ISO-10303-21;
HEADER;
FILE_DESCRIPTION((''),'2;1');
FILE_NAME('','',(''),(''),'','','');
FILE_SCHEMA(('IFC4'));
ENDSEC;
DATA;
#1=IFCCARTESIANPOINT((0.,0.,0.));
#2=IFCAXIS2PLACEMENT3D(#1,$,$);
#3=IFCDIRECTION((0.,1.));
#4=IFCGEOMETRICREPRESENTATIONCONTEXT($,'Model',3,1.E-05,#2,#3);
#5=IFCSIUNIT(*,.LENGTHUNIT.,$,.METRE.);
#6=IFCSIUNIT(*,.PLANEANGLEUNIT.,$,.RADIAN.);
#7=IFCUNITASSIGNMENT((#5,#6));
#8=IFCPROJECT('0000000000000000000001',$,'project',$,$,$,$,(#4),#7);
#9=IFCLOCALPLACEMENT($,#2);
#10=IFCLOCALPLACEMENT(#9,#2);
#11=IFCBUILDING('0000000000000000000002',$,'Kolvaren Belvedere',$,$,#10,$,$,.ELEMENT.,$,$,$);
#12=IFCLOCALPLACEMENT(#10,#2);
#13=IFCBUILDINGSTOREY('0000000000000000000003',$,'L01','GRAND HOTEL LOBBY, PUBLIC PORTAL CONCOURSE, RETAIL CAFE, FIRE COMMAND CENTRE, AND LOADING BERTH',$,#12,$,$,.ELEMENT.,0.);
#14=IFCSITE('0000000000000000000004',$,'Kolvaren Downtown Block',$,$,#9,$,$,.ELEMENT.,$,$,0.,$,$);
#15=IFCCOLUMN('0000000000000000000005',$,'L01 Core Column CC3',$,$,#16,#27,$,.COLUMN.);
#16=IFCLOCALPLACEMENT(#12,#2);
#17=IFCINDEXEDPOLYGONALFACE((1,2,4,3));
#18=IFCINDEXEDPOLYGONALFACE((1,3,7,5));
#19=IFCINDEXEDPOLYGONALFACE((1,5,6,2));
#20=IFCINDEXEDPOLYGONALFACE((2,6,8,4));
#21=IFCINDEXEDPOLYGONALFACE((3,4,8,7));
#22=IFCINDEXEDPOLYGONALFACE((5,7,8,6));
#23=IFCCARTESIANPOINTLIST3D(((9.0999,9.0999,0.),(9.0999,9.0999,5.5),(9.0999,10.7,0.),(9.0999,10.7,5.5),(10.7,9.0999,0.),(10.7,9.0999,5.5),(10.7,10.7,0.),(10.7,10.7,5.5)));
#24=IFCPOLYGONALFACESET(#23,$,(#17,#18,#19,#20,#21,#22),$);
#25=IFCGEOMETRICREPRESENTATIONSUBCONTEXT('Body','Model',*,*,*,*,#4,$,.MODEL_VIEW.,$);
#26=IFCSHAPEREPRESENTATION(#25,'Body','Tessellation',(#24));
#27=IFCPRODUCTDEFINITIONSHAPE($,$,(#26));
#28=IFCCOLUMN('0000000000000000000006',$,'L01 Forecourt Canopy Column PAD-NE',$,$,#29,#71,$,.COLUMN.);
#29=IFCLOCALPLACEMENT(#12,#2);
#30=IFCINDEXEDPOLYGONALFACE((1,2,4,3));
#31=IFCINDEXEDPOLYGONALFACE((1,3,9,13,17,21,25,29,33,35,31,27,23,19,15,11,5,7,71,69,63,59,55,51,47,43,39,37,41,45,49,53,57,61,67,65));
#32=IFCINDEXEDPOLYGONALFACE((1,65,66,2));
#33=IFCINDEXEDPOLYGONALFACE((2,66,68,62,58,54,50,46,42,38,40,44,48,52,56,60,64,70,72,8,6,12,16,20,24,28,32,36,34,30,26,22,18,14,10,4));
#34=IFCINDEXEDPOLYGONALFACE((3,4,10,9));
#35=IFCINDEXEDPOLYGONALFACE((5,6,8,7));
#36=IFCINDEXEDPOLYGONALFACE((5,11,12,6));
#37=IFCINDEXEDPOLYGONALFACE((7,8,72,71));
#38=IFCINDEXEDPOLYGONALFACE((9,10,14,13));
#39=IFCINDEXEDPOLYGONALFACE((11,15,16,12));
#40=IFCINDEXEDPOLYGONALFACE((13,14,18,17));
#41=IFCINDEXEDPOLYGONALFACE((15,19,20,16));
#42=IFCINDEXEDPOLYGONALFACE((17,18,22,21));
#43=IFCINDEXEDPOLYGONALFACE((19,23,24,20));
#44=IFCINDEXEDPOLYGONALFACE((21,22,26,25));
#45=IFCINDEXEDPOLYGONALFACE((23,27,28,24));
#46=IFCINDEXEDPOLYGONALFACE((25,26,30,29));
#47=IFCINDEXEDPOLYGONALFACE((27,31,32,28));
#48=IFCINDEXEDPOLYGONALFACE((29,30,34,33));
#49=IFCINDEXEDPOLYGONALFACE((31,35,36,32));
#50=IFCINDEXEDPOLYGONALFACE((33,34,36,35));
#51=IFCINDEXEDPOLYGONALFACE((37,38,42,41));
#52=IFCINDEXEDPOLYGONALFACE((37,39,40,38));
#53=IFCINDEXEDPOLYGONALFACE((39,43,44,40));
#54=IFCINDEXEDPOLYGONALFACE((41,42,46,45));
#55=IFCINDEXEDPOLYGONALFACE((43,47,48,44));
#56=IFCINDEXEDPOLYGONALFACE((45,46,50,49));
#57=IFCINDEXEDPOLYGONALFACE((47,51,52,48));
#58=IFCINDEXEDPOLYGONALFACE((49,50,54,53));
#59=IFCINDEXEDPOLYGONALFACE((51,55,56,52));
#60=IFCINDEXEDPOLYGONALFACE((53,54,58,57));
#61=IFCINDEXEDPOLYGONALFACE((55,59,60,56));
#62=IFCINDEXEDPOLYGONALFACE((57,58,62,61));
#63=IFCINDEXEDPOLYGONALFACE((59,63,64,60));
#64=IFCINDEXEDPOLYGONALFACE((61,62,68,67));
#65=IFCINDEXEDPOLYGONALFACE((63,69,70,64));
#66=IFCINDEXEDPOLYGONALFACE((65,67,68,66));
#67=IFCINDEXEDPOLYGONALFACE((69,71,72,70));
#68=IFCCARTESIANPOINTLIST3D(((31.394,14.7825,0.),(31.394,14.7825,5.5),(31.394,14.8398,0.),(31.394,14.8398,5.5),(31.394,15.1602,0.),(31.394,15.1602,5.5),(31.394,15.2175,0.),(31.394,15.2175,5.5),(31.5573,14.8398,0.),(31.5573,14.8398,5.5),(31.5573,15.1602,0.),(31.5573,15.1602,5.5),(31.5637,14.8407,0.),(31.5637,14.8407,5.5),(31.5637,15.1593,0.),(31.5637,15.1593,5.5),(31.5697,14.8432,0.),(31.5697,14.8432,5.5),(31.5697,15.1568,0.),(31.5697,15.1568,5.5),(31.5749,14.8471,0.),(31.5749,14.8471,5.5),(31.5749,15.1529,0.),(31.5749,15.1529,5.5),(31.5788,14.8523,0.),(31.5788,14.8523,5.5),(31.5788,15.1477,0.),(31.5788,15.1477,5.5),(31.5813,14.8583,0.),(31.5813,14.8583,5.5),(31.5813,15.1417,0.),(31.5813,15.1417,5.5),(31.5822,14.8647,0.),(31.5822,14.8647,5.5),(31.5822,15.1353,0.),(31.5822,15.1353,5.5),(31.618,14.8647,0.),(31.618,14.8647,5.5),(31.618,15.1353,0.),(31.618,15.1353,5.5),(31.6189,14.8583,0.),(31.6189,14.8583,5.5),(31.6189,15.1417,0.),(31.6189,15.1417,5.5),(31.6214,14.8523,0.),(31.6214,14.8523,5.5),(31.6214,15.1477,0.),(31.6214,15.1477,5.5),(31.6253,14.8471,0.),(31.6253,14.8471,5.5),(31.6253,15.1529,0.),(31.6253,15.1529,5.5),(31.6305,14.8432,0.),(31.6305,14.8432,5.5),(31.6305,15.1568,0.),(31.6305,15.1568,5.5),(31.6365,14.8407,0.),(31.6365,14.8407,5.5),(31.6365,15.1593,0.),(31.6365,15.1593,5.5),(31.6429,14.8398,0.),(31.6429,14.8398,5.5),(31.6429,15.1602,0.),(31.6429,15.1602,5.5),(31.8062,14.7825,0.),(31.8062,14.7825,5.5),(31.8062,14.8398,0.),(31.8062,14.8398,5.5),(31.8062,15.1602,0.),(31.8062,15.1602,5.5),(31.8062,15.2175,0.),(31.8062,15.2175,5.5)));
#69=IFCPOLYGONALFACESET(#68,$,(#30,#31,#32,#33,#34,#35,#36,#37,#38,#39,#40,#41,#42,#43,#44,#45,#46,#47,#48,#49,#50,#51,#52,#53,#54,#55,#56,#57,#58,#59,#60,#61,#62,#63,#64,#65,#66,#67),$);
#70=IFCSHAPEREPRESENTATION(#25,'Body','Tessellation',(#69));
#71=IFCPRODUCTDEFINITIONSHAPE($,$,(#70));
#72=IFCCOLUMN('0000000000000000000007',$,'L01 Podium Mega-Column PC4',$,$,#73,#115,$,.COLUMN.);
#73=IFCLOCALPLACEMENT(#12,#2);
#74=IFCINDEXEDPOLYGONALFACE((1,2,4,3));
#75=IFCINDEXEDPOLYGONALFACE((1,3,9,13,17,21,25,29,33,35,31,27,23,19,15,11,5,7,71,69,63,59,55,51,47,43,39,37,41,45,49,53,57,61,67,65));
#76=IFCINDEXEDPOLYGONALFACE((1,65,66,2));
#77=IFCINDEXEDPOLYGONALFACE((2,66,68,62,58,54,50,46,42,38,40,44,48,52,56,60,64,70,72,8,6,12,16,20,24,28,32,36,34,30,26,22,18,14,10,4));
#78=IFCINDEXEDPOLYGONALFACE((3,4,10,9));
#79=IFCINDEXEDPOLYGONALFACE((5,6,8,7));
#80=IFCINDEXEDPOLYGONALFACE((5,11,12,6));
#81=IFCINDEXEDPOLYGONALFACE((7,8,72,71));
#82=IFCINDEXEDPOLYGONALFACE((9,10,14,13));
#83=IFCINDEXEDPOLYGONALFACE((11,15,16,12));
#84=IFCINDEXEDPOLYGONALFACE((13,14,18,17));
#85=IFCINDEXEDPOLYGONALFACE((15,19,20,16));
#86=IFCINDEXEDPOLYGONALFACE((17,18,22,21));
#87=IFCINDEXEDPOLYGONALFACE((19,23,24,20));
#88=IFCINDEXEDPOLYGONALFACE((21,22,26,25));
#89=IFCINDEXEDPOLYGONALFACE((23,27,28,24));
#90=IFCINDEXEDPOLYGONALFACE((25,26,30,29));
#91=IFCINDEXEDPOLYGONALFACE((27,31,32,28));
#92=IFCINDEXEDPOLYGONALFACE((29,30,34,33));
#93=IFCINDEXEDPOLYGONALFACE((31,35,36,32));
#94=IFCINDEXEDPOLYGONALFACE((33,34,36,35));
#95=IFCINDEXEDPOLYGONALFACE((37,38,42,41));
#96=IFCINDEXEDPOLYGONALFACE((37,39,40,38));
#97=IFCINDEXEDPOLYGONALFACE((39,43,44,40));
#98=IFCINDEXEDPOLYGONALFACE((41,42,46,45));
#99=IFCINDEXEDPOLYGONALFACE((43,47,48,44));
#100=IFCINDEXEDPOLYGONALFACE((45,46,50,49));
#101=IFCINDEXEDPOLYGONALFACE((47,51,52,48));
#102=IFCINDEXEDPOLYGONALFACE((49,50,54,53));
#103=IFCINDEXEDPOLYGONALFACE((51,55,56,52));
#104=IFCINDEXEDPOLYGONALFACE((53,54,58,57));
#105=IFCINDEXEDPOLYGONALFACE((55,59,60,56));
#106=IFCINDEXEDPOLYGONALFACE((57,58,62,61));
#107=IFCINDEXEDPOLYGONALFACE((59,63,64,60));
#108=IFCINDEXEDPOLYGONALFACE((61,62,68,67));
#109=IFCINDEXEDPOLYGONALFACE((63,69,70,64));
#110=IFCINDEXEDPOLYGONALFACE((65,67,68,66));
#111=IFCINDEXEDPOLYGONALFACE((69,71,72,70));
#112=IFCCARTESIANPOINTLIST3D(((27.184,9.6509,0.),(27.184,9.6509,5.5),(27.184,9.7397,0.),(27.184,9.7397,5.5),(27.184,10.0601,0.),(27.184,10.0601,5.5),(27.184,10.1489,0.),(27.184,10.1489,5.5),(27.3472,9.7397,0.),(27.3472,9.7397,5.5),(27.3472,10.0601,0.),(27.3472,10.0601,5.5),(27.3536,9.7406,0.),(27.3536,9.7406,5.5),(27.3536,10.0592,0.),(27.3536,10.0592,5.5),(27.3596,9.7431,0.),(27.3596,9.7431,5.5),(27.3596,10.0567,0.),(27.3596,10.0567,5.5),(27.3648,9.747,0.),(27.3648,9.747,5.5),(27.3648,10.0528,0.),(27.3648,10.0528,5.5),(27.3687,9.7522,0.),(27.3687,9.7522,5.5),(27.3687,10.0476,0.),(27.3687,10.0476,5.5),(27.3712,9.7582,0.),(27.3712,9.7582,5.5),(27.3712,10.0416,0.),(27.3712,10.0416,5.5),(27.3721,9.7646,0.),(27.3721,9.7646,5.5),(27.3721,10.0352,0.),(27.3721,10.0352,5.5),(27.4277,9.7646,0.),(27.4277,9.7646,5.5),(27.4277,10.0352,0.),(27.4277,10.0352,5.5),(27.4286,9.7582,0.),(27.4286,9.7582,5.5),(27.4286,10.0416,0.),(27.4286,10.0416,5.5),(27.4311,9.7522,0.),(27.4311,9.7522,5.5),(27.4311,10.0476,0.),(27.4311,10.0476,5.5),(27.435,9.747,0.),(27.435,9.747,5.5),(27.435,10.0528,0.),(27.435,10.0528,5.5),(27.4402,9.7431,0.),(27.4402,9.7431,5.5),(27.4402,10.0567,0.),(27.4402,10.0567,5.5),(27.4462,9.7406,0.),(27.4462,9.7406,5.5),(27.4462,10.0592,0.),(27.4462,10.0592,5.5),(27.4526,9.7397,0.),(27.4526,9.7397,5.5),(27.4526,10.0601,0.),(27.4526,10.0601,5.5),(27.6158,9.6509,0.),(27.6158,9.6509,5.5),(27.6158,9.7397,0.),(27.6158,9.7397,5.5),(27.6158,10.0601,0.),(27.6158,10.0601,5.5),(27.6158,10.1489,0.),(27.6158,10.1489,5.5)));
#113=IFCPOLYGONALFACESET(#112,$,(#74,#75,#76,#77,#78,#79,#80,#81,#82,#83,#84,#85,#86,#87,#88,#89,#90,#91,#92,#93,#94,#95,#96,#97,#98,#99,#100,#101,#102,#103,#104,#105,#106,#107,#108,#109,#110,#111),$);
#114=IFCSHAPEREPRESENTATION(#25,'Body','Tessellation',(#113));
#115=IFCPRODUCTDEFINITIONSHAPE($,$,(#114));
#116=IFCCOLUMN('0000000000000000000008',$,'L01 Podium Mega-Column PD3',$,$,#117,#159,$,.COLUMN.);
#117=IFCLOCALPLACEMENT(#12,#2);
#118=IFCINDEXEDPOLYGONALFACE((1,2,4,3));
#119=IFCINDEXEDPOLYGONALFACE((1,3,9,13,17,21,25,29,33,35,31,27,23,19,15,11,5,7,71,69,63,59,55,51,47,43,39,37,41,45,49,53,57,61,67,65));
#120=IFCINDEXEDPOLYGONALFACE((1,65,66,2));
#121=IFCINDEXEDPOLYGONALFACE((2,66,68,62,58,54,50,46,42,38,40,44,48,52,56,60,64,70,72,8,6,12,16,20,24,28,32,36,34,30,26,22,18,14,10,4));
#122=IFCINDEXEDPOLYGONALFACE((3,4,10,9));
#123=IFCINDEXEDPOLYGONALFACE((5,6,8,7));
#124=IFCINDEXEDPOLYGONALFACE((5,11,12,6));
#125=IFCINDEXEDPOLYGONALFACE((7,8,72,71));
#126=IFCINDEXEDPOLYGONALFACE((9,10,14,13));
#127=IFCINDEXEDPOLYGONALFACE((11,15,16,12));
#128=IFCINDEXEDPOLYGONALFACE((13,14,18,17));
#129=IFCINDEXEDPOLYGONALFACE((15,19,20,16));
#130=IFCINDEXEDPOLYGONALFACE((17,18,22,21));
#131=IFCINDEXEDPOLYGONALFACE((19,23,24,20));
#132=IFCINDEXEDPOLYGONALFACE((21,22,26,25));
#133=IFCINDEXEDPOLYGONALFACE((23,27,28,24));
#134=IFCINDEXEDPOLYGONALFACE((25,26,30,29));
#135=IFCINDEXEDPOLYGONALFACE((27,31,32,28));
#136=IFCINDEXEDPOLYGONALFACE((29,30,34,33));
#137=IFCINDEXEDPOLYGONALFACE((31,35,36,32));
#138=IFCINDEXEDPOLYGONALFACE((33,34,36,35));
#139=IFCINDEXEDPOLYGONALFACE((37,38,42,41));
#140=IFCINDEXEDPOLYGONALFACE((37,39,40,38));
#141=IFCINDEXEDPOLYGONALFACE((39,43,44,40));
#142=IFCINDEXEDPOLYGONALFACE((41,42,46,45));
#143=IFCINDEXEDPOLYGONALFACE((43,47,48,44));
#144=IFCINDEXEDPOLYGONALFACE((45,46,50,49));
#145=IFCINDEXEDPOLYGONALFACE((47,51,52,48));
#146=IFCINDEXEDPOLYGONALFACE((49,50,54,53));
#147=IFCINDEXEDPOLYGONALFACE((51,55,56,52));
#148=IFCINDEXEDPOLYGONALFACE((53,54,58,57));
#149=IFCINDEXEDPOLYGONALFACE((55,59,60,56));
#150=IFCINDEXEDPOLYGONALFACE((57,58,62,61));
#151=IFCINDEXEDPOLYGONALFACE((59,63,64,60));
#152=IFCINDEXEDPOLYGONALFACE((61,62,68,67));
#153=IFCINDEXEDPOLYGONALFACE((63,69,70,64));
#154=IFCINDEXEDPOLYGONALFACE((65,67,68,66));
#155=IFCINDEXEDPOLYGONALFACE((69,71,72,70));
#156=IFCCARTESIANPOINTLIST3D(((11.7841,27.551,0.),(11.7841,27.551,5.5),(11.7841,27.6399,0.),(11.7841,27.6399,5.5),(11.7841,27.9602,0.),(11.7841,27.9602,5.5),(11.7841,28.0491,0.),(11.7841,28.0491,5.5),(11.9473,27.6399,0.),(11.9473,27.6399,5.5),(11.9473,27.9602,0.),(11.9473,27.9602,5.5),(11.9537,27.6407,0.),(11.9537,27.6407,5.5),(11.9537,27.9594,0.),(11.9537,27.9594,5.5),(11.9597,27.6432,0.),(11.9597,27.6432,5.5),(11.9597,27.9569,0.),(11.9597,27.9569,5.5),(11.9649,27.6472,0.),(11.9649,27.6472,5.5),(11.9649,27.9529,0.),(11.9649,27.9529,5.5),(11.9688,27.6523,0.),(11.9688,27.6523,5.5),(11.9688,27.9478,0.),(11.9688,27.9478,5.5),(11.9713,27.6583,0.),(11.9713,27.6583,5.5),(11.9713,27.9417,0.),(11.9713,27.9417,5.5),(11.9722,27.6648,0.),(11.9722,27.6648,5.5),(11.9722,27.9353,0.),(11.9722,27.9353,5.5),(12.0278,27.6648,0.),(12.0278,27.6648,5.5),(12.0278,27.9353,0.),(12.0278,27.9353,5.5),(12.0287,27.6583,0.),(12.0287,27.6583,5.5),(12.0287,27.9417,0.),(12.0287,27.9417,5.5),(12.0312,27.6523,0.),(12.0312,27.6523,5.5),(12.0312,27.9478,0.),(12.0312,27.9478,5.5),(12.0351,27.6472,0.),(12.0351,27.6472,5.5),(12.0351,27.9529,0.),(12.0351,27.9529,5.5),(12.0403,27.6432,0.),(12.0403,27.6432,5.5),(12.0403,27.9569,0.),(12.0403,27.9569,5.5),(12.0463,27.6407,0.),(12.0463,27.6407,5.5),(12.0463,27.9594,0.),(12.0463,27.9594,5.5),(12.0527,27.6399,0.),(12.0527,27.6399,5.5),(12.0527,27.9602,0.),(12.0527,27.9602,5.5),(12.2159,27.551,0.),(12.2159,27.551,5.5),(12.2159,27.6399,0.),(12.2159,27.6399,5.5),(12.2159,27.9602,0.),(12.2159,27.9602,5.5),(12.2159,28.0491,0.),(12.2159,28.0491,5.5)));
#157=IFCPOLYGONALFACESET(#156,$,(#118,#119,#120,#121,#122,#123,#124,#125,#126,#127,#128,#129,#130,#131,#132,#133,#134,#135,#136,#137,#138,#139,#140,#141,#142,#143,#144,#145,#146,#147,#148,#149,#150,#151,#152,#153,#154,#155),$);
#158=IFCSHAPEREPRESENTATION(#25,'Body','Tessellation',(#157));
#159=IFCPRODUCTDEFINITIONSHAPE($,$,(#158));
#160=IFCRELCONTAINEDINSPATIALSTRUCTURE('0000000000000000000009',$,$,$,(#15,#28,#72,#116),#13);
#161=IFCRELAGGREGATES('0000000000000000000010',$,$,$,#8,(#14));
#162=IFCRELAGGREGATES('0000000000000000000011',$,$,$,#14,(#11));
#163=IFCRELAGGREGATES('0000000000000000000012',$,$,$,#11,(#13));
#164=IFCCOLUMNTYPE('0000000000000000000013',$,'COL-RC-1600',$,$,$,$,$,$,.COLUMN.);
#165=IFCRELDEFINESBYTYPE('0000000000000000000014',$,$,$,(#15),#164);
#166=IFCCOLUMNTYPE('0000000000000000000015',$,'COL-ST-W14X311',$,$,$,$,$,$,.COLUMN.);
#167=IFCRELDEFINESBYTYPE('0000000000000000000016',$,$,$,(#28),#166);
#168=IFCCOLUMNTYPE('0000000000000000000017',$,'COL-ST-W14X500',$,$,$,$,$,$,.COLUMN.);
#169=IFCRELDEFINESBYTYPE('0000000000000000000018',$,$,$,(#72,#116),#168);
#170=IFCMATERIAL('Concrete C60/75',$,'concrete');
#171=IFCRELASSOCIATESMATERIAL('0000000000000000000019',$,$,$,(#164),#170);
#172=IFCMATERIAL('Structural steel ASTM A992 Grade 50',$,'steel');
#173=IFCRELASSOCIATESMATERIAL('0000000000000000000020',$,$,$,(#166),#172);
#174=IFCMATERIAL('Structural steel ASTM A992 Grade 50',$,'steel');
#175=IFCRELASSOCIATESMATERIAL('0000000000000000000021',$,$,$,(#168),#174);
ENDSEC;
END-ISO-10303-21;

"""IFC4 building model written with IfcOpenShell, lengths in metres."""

from ifc_helpers import new_model, si_unit, direction, frame, origin, origin_2d, place, context, subcontext, project, spatial, rectangle, i_section, extrude, material, material_profile, profile_set, type_object, element, save


model = new_model("IFC4")

# Units and contexts
model_context = context("Model", 3, precision=1e-05, world=origin(), true_north=direction((0.0, 1.0)))
body_context = subcontext(model_context, "Body", "Model", "MODEL_VIEW")
ifc_project = project(units=[si_unit("LENGTHUNIT", "METRE"), si_unit("PLANEANGLEUNIT", "RADIAN")], contexts=[model_context])

# Site, building, storey
site_placement = place(None, origin())
site = spatial("IfcSite", under=ifc_project, at=site_placement, Name="Kolvaren Downtown Block", CompositionType="ELEMENT", RefElevation=0.0)
building_placement = place(site_placement, origin())
building = spatial("IfcBuilding", under=site, at=building_placement, Name="Kolvaren Belvedere", CompositionType="ELEMENT")
storey_placement = place(building_placement, origin())
storey = spatial("IfcBuildingStorey", under=building, at=storey_placement, Name="L01", Description="GRAND HOTEL LOBBY, PUBLIC PORTAL CONCOURSE, RETAIL CAFE, FIRE COMMAND CENTRE, AND LOADING BERTH", CompositionType="ELEMENT", Elevation=0.0)

# Columns
ifc_material_1 = material(Name="Concrete C60/75", Category="concrete")
ifc_material_profile_1 = material_profile(ifc_material_1, rectangle(XDim=1.6001, YDim=1.6001, at=origin_2d()), Name="RC 1600X1600")
ifc_profile_set_1 = profile_set([ifc_material_profile_1], Name="Concrete C60/75")
column_type_1 = type_object("IfcColumnType", Name="COL-RC-1600", PredefinedType="COLUMN", material=ifc_profile_set_1)
column_1_placement = place(storey_placement, frame((9.8999, 9.8999, 0.0), z_axis=(0.0, 0.0, 1.0), x_axis=(1.0, 0.0, 0.0)))
element("IfcColumn", 1, at=column_1_placement, inside=storey, type_object=column_type_1, Name="L01 Core Column CC3", PredefinedType="COLUMN", context=body_context, shape_type="SweptSolid", body=[
    extrude(rectangle(XDim=1.6001, YDim=1.6001, at=origin_2d()), origin(), (0.0, 0.0, 1.0), 5.5),
])
ifc_material_2 = material(Name="Structural steel ASTM A992 Grade 50", Category="steel")
ifc_material_profile_2 = material_profile(ifc_material_2, i_section(OverallWidth=0.4121, OverallDepth=0.4351, WebThickness=0.0359, FlangeThickness=0.0574, FilletRadius=0.0249, at=origin_2d()), Name="W14X311")
ifc_profile_set_2 = profile_set([ifc_material_profile_2], Name="Structural steel ASTM A992 Grade 50")
column_type_2 = type_object("IfcColumnType", Name="COL-ST-W14X311", PredefinedType="COLUMN", material=ifc_profile_set_2)
column_2_placement = place(storey_placement, frame((31.6001, 15.0, 0.0), z_axis=(0.0, 0.0, 1.0), x_axis=(1.0, 0.0, 0.0)))
element("IfcColumn", 2, at=column_2_placement, inside=storey, type_object=column_type_2, Name="L01 Forecourt Canopy Column PAD-NE", PredefinedType="COLUMN", context=body_context, shape_type="SweptSolid", body=[
    extrude(i_section(OverallWidth=0.4121, OverallDepth=0.4351, WebThickness=0.0359, FlangeThickness=0.0574, FilletRadius=0.0249, at=origin_2d()), origin(), (0.0, 0.0, 1.0), 5.5),
])
ifc_material_3 = material(Name="Structural steel ASTM A992 Grade 50", Category="steel")
ifc_material_profile_3 = material_profile(ifc_material_3, i_section(OverallWidth=0.4319, OverallDepth=0.498, WebThickness=0.0557, FlangeThickness=0.0889, FilletRadius=0.0249, at=origin_2d()), Name="W14X500")
ifc_profile_set_3 = profile_set([ifc_material_profile_3], Name="Structural steel ASTM A992 Grade 50")
column_type_3 = type_object("IfcColumnType", Name="COL-ST-W14X500", PredefinedType="COLUMN", material=ifc_profile_set_3)
for number, where, z_axis, x_axis, name in (
    (3, (27.3999, 9.8999, 0.0), (0.0, 0.0, 1.0), (1.0, 0.0, 0.0), "L01 Podium Mega-Column PC4"),
    (4, (12.0, 27.8, 0.0), (0.0, 0.0, 1.0), (1.0, 0.0, 0.0), "L01 Podium Mega-Column PD3"),
):
    element("IfcColumn", number, at=place(storey_placement, frame(where, z_axis=z_axis, x_axis=x_axis)), inside=storey, type_object=column_type_3, Name=name, PredefinedType="COLUMN", context=body_context, shape_type="SweptSolid", body=[
        extrude(i_section(OverallWidth=0.4319, OverallDepth=0.498, WebThickness=0.0557, FlangeThickness=0.0889, FilletRadius=0.0249, at=origin_2d()), origin(), (0.0, 0.0, 1.0), 5.5),
    ])

save(model, "model.ifc")
